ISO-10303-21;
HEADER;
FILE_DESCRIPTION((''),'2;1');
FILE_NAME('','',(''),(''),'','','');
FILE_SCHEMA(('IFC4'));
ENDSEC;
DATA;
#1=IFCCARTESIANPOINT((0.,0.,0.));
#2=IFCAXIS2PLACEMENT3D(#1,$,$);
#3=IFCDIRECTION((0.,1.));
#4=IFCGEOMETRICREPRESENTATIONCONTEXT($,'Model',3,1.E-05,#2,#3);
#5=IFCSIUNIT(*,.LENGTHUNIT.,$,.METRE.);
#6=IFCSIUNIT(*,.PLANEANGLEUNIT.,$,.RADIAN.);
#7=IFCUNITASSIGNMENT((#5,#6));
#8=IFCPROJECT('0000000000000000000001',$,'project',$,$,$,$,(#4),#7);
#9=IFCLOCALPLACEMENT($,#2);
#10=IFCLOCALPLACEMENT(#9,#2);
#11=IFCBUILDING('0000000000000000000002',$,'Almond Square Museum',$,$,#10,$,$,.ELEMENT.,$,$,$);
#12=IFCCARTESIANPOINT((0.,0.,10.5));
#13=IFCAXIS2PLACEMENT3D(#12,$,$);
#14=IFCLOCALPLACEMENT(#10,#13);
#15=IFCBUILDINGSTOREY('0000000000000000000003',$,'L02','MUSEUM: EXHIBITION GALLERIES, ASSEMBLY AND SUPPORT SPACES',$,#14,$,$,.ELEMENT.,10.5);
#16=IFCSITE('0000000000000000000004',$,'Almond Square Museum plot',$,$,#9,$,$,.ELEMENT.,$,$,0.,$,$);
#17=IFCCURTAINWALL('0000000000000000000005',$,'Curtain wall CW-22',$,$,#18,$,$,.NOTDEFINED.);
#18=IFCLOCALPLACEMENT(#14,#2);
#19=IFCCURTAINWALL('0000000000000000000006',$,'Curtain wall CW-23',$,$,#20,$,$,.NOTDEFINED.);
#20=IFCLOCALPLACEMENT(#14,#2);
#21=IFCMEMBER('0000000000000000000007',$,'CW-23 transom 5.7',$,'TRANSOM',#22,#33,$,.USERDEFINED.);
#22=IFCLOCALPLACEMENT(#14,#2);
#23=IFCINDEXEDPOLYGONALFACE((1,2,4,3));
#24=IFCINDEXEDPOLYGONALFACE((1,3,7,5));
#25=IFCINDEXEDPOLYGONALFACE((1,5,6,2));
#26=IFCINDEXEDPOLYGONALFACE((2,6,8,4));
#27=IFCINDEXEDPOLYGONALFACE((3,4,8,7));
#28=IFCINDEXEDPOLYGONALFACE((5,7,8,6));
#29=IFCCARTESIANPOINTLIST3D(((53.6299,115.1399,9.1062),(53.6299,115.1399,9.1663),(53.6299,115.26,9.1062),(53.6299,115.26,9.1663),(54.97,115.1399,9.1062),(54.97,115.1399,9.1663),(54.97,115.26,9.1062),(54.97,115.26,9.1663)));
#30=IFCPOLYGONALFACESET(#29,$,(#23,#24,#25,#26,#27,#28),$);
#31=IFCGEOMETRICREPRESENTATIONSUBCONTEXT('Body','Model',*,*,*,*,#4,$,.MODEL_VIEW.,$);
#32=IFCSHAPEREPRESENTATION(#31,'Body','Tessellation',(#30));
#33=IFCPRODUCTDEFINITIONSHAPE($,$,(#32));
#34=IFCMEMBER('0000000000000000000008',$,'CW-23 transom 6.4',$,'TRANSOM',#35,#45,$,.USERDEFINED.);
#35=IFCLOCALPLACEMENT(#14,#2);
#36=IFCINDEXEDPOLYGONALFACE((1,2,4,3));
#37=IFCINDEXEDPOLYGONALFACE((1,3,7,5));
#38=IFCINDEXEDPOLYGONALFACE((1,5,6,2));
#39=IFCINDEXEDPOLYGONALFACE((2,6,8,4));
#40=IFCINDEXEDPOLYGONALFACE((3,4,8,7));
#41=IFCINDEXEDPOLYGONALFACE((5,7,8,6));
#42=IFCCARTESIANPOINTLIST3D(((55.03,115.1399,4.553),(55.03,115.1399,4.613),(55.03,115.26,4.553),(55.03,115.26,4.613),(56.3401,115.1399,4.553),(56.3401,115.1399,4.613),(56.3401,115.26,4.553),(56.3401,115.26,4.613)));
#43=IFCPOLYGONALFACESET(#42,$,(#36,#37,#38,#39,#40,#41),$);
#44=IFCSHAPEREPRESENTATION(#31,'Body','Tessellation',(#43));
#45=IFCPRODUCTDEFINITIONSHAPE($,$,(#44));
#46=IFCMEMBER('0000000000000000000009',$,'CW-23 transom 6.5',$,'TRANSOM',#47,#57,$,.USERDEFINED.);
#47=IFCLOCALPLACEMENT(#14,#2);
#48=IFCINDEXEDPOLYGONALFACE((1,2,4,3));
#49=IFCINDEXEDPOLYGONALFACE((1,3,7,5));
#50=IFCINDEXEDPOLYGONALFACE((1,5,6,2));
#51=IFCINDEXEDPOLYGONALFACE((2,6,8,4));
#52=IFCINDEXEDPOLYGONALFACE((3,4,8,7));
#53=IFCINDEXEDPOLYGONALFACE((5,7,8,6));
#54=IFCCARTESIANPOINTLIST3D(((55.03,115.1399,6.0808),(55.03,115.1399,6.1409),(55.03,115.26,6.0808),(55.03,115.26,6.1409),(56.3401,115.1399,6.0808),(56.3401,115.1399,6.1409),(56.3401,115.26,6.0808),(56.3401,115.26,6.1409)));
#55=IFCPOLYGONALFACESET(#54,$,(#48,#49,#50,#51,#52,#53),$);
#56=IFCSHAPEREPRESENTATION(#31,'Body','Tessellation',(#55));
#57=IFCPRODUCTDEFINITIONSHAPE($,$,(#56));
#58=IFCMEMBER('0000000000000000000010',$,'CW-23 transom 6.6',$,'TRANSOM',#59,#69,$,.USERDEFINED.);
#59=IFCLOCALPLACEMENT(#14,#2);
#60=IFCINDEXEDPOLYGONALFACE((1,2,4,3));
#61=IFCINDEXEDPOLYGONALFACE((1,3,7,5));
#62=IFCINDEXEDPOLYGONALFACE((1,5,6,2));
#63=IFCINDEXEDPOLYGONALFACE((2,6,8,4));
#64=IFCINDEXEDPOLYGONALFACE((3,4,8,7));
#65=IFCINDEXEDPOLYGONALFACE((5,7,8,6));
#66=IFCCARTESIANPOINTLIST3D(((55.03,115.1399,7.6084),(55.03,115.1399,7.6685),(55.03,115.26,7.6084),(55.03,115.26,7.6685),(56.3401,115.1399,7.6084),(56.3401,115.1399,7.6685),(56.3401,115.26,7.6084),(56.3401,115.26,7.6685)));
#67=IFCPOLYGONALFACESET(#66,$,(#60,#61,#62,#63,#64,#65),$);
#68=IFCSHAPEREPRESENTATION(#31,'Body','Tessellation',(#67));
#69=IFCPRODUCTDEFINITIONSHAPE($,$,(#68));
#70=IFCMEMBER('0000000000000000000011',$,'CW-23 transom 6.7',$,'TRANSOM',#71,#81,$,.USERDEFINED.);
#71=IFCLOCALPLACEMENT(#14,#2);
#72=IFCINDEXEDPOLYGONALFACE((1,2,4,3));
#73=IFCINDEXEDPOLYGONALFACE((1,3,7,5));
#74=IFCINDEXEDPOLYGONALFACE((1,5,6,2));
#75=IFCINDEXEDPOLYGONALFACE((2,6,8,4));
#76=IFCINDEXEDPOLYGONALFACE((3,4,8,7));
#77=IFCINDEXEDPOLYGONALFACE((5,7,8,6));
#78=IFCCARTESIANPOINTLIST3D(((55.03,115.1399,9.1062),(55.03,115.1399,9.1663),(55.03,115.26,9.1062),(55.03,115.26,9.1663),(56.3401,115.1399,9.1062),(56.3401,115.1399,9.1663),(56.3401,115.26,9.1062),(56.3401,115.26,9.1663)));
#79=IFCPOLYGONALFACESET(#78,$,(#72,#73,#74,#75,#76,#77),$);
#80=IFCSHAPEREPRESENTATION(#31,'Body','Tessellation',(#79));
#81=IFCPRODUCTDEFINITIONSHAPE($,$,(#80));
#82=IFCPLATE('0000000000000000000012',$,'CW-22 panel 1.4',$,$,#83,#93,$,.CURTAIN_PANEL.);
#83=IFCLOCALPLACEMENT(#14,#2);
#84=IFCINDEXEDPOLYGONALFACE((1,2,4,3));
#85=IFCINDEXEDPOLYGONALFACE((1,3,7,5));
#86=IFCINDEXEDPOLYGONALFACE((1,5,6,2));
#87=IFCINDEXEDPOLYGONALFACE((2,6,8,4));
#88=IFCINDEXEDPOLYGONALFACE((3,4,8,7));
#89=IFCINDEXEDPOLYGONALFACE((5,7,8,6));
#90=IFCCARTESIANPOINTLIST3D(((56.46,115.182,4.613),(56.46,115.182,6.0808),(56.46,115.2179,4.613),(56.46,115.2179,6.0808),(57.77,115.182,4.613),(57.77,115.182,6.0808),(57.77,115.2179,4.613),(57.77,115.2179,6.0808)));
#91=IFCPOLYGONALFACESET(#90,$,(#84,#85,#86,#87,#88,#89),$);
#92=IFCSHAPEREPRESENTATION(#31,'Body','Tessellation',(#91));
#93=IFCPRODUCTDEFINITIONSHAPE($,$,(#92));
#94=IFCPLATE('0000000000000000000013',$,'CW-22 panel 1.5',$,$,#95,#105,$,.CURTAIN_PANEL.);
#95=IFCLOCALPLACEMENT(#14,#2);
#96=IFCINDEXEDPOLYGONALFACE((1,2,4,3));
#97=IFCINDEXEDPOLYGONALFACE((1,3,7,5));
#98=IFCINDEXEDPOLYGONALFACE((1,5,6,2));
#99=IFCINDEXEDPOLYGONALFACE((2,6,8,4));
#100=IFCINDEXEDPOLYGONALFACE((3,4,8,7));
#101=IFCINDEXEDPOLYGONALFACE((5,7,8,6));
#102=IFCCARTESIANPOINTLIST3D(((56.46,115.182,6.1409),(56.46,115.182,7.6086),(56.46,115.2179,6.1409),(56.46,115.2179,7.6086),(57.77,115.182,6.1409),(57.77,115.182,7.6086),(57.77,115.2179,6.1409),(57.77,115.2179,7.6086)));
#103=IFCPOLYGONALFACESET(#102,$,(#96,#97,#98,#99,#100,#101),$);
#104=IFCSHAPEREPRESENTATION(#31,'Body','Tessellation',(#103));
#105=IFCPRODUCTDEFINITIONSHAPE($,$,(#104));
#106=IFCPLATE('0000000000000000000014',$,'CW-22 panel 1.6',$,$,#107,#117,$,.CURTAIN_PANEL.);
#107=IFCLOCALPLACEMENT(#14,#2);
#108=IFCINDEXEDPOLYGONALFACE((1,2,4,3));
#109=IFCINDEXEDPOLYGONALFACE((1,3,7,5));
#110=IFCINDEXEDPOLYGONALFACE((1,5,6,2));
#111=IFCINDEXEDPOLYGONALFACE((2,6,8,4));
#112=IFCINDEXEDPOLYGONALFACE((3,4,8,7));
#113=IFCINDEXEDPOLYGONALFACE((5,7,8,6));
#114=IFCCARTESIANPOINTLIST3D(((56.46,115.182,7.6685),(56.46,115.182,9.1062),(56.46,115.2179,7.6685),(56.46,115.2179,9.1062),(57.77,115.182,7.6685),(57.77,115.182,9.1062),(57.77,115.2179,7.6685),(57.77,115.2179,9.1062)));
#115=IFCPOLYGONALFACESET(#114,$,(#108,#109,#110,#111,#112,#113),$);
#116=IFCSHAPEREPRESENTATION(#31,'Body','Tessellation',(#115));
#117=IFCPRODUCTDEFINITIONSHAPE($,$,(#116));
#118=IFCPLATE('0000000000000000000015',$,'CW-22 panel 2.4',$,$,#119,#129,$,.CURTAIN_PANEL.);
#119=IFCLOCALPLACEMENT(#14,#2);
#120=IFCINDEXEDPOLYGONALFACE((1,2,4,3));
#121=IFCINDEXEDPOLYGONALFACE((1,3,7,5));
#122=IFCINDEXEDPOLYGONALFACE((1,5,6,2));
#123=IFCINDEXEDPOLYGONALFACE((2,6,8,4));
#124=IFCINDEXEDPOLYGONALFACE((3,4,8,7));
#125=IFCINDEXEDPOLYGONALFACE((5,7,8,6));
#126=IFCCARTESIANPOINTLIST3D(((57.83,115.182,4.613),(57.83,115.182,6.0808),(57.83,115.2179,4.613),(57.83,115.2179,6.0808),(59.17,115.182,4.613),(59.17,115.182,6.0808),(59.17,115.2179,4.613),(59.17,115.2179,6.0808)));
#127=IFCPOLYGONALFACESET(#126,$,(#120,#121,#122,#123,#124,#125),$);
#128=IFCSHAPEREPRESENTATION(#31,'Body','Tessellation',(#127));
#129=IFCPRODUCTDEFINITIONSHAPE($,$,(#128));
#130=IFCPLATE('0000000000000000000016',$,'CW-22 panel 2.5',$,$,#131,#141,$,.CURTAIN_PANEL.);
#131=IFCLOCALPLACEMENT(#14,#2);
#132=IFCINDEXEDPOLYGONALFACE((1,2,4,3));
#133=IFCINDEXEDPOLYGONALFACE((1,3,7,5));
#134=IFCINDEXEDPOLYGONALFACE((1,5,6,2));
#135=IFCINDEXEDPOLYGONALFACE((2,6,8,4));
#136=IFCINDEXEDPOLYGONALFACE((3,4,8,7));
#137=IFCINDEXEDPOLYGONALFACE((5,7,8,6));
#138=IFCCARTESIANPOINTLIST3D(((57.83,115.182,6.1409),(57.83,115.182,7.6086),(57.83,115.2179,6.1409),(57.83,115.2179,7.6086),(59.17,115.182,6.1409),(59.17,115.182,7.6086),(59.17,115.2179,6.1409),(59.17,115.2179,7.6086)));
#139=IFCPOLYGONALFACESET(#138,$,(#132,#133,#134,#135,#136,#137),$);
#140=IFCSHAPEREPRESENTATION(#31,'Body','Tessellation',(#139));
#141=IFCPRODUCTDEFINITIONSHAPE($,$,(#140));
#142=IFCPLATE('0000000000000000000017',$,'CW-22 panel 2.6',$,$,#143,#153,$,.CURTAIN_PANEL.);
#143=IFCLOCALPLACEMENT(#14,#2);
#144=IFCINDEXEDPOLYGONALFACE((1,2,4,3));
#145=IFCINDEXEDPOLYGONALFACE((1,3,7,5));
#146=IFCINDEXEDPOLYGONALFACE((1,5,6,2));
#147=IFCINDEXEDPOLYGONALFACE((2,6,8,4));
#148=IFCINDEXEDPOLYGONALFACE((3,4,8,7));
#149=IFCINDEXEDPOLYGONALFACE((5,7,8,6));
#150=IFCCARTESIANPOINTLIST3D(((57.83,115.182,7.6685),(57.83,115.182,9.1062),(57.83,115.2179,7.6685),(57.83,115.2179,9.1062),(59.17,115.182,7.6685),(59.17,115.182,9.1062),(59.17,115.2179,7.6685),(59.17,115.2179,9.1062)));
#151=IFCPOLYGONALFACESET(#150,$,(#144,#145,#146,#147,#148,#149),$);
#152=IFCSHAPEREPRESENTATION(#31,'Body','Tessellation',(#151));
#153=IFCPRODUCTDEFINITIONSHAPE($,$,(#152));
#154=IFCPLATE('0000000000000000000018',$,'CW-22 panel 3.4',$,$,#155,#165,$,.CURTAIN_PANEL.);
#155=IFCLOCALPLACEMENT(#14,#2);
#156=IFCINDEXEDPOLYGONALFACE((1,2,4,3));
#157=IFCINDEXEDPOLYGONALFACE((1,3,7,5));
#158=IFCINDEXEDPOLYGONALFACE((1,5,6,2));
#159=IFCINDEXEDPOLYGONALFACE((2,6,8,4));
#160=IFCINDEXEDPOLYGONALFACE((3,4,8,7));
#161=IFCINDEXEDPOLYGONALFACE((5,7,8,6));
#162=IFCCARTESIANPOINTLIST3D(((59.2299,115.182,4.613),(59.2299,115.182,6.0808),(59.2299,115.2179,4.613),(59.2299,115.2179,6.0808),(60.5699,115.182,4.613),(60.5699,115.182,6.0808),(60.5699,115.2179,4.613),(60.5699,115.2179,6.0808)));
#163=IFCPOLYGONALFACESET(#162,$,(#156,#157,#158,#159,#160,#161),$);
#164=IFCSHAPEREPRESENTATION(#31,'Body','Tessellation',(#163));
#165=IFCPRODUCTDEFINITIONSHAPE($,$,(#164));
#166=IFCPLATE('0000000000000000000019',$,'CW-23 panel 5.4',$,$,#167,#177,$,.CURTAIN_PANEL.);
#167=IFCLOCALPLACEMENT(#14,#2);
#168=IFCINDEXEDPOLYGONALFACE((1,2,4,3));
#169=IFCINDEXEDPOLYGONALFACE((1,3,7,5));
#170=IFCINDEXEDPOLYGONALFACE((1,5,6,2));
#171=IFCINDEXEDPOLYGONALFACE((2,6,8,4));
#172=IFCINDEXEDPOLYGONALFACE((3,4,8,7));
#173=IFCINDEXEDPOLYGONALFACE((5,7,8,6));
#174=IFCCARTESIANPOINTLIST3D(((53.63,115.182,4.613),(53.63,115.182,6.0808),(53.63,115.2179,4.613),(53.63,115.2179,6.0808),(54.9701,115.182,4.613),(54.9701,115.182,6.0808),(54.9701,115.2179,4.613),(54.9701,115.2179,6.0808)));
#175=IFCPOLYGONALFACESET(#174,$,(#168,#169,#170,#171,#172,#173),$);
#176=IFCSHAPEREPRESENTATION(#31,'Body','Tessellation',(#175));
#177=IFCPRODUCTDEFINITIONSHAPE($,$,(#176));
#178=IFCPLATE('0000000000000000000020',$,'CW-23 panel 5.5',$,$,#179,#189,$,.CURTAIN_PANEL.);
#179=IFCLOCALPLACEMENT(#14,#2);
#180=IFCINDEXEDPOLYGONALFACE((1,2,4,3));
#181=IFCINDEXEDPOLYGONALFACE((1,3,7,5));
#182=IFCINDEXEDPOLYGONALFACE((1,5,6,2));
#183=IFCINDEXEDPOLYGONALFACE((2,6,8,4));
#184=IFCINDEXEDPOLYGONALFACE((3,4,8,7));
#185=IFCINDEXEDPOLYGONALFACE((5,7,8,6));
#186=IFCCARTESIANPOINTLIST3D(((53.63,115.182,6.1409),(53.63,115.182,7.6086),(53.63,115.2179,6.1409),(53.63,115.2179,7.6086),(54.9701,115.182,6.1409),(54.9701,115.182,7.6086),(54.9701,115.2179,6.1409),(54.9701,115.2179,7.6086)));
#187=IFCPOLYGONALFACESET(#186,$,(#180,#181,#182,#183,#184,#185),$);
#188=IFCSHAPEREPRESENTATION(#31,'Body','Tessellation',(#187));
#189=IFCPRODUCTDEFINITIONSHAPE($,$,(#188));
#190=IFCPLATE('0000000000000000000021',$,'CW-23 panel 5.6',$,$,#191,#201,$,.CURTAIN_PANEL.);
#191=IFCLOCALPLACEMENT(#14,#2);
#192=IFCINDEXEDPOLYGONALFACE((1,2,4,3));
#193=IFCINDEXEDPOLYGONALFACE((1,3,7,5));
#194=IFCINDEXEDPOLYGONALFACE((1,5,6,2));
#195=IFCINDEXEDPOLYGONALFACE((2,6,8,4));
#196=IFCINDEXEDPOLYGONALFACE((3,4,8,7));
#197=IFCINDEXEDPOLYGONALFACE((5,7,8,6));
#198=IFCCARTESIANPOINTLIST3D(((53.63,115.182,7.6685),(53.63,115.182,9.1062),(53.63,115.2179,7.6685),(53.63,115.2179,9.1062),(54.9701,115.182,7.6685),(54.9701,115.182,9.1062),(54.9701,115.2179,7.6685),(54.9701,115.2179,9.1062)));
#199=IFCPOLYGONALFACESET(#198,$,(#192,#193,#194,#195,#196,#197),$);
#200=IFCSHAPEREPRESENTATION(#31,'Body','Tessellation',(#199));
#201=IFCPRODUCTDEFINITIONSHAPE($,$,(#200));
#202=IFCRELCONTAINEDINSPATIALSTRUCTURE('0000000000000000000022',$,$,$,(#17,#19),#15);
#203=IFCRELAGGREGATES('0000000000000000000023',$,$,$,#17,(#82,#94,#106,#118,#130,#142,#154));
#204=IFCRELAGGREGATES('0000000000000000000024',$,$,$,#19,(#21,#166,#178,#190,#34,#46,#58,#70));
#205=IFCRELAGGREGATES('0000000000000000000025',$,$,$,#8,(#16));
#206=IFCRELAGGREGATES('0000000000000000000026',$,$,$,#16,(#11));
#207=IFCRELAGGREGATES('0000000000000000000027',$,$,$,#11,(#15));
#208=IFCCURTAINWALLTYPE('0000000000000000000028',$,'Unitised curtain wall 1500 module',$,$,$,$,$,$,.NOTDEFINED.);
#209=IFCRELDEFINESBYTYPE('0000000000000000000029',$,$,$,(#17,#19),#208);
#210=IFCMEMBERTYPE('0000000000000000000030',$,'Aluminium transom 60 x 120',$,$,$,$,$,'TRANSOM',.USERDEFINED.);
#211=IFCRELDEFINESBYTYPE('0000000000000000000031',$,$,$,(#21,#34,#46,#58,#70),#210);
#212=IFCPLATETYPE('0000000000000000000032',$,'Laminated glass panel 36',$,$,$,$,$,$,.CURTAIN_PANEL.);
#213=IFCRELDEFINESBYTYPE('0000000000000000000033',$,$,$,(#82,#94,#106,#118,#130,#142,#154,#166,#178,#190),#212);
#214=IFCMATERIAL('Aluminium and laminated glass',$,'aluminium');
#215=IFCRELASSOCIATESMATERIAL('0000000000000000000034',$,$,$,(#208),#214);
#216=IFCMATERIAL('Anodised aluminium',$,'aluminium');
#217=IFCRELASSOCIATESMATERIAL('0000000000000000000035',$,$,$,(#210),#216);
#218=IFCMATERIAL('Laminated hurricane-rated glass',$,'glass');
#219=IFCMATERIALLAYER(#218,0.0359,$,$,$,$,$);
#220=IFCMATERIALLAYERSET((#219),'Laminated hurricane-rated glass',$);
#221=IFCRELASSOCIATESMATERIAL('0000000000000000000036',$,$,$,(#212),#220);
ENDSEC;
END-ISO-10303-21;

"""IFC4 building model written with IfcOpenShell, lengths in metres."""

from ifc_helpers import new_model, si_unit, direction, frame, origin, origin_2d, place, context, subcontext, project, spatial, rectangle, extrude, material, layer, layer_set, material_profile, profile_set, type_object, element, aggregate, save


model = new_model("IFC4")

# Units and contexts
model_context = context("Model", 3, precision=1e-05, world=origin(), true_north=direction((0.0, 1.0)))
body_context = subcontext(model_context, "Body", "Model", "MODEL_VIEW")
ifc_project = project(units=[si_unit("LENGTHUNIT", "METRE"), si_unit("PLANEANGLEUNIT", "RADIAN")], contexts=[model_context])

# Site, building, storey
site_placement = place(None, origin())
site = spatial("IfcSite", under=ifc_project, at=site_placement, Name="Almond Square Museum plot", CompositionType="ELEMENT", RefElevation=0.0)
building_placement = place(site_placement, origin())
building = spatial("IfcBuilding", under=site, at=building_placement, Name="Almond Square Museum", CompositionType="ELEMENT")
storey_placement = place(building_placement, frame((0.0, 0.0, 10.5)))
storey = spatial("IfcBuildingStorey", under=building, at=storey_placement, Name="L02", Description="MUSEUM: EXHIBITION GALLERIES, ASSEMBLY AND SUPPORT SPACES", CompositionType="ELEMENT", Elevation=10.5)

# Curtain walls, members
ifc_material_1 = material(Name="Aluminium and laminated glass", Category="aluminium")
curtain_wall_type = type_object("IfcCurtainWallType", Name="Unitised curtain wall 1500 module", PredefinedType="NOTDEFINED", material=ifc_material_1)
curtain_wall_1_placement = place(storey_placement, origin())
curtain_wall_1 = element("IfcCurtainWall", 1, at=curtain_wall_1_placement, inside=storey, type_object=curtain_wall_type, Name="Curtain wall CW-22", PredefinedType="NOTDEFINED")
ifc_material_2 = material(Name="Anodised aluminium", Category="aluminium")
ifc_material_profile = material_profile(ifc_material_2, rectangle(XDim=0.1201, YDim=0.0601, at=origin_2d()))
ifc_profile_set = profile_set([ifc_material_profile], Name="Anodised aluminium")
member_type = type_object("IfcMemberType", Name="Aluminium transom 60 x 120", ElementType="TRANSOM", PredefinedType="USERDEFINED", material=ifc_profile_set)
curtain_wall_2_placement = place(storey_placement, origin())
curtain_wall_2 = element("IfcCurtainWall", 2, at=curtain_wall_2_placement, inside=storey, type_object=curtain_wall_type, Name="Curtain wall CW-23", PredefinedType="NOTDEFINED")
member_1_placement = place(storey_placement, frame((53.6299, 115.2, 9.1362), z_axis=(1.0, 0.0, 0.0), x_axis=(0.0, 1.0, 0.0)))
member_1 = element("IfcMember", 3, at=member_1_placement, type_object=member_type, Name="CW-23 transom 5.7", ObjectType="TRANSOM", PredefinedType="USERDEFINED", context=body_context, shape_type="SweptSolid", body=[
    extrude(rectangle(XDim=0.1201, YDim=0.0601, at=origin_2d()), origin(), (0.0, 0.0, 1.0), 1.3401),
])
member_2_placement = place(storey_placement, frame((55.03, 115.2, 4.583), z_axis=(1.0, 0.0, 0.0), x_axis=(0.0, 1.0, 0.0)))
member_2 = element("IfcMember", 4, at=member_2_placement, type_object=member_type, Name="CW-23 transom 6.4", ObjectType="TRANSOM", PredefinedType="USERDEFINED", context=body_context, shape_type="SweptSolid", body=[
    extrude(rectangle(XDim=0.1201, YDim=0.0601, at=origin_2d()), origin(), (0.0, 0.0, 1.0), 1.3101),
])
member_3_placement = place(storey_placement, frame((55.03, 115.2, 6.1108), z_axis=(1.0, 0.0, 0.0), x_axis=(0.0, 1.0, 0.0)))
member_3 = element("IfcMember", 5, at=member_3_placement, type_object=member_type, Name="CW-23 transom 6.5", ObjectType="TRANSOM", PredefinedType="USERDEFINED", context=body_context, shape_type="SweptSolid", body=[
    extrude(rectangle(XDim=0.1201, YDim=0.0601, at=origin_2d()), origin(), (0.0, 0.0, 1.0), 1.3101),
])
member_4_placement = place(storey_placement, frame((55.03, 115.2, 7.6384), z_axis=(1.0, 0.0, 0.0), x_axis=(0.0, 1.0, 0.0)))
member_4 = element("IfcMember", 6, at=member_4_placement, type_object=member_type, Name="CW-23 transom 6.6", ObjectType="TRANSOM", PredefinedType="USERDEFINED", context=body_context, shape_type="SweptSolid", body=[
    extrude(rectangle(XDim=0.1201, YDim=0.0601, at=origin_2d()), origin(), (0.0, 0.0, 1.0), 1.3101),
])
member_5_placement = place(storey_placement, frame((55.03, 115.2, 9.1362), z_axis=(1.0, 0.0, 0.0), x_axis=(0.0, 1.0, 0.0)))
member_5 = element("IfcMember", 7, at=member_5_placement, type_object=member_type, Name="CW-23 transom 6.7", ObjectType="TRANSOM", PredefinedType="USERDEFINED", context=body_context, shape_type="SweptSolid", body=[
    extrude(rectangle(XDim=0.1201, YDim=0.0601, at=origin_2d()), origin(), (0.0, 0.0, 1.0), 1.3101),
])

# Plates
ifc_material_3 = material(Name="Laminated hurricane-rated glass", Category="glass")
ifc_layer = layer(ifc_material_3, 0.0359)
ifc_layer_set = layer_set([ifc_layer], Name="Laminated hurricane-rated glass")
plate_type = type_object("IfcPlateType", Name="Laminated glass panel 36", PredefinedType="CURTAIN_PANEL", material=ifc_layer_set)
plate_1_placement = place(storey_placement, frame((57.115, 115.2, 4.613), z_axis=(0.0, 0.0, 1.0), x_axis=(1.0, 0.0, 0.0)))
plate_1 = element("IfcPlate", 8, at=plate_1_placement, type_object=plate_type, Name="CW-22 panel 1.4", PredefinedType="CURTAIN_PANEL", context=body_context, shape_type="SweptSolid", body=[
    extrude(rectangle(XDim=1.3101, YDim=0.0359, at=origin_2d()), origin(), (0.0, 0.0, 1.0), 1.4678),
])
plate_2_placement = place(storey_placement, frame((57.115, 115.2, 6.1409), z_axis=(0.0, 0.0, 1.0), x_axis=(1.0, 0.0, 0.0)))
plate_2 = element("IfcPlate", 9, at=plate_2_placement, type_object=plate_type, Name="CW-22 panel 1.5", PredefinedType="CURTAIN_PANEL", context=body_context, shape_type="SweptSolid", body=[
    extrude(rectangle(XDim=1.3101, YDim=0.0359, at=origin_2d()), origin(), (0.0, 0.0, 1.0), 1.4678),
])
plate_3_placement = place(storey_placement, frame((57.115, 115.2, 7.6685), z_axis=(0.0, 0.0, 1.0), x_axis=(1.0, 0.0, 0.0)))
plate_3 = element("IfcPlate", 10, at=plate_3_placement, type_object=plate_type, Name="CW-22 panel 1.6", PredefinedType="CURTAIN_PANEL", context=body_context, shape_type="SweptSolid", body=[
    extrude(rectangle(XDim=1.3101, YDim=0.0359, at=origin_2d()), origin(), (0.0, 0.0, 1.0), 1.4377),
])
plate_4_placement = place(storey_placement, frame((58.5, 115.2, 4.613), z_axis=(0.0, 0.0, 1.0), x_axis=(1.0, 0.0, 0.0)))
plate_4 = element("IfcPlate", 11, at=plate_4_placement, type_object=plate_type, Name="CW-22 panel 2.4", PredefinedType="CURTAIN_PANEL", context=body_context, shape_type="SweptSolid", body=[
    extrude(rectangle(XDim=1.3401, YDim=0.0359, at=origin_2d()), origin(), (0.0, 0.0, 1.0), 1.4678),
])
plate_5_placement = place(storey_placement, frame((58.5, 115.2, 6.1409), z_axis=(0.0, 0.0, 1.0), x_axis=(1.0, 0.0, 0.0)))
plate_5 = element("IfcPlate", 12, at=plate_5_placement, type_object=plate_type, Name="CW-22 panel 2.5", PredefinedType="CURTAIN_PANEL", context=body_context, shape_type="SweptSolid", body=[
    extrude(rectangle(XDim=1.3401, YDim=0.0359, at=origin_2d()), origin(), (0.0, 0.0, 1.0), 1.4678),
])
plate_6_placement = place(storey_placement, frame((58.5, 115.2, 7.6685), z_axis=(0.0, 0.0, 1.0), x_axis=(1.0, 0.0, 0.0)))
plate_6 = element("IfcPlate", 13, at=plate_6_placement, type_object=plate_type, Name="CW-22 panel 2.6", PredefinedType="CURTAIN_PANEL", context=body_context, shape_type="SweptSolid", body=[
    extrude(rectangle(XDim=1.3401, YDim=0.0359, at=origin_2d()), origin(), (0.0, 0.0, 1.0), 1.4377),
])
plate_7_placement = place(storey_placement, frame((59.8999, 115.2, 4.613), z_axis=(0.0, 0.0, 1.0), x_axis=(1.0, 0.0, 0.0)))
plate_7 = element("IfcPlate", 14, at=plate_7_placement, type_object=plate_type, Name="CW-22 panel 3.4", PredefinedType="CURTAIN_PANEL", context=body_context, shape_type="SweptSolid", body=[
    extrude(rectangle(XDim=1.3401, YDim=0.0359, at=origin_2d()), origin(), (0.0, 0.0, 1.0), 1.4678),
])
aggregate(curtain_wall_1, [plate_1, plate_2, plate_3, plate_4, plate_5, plate_6, plate_7])
plate_8_placement = place(storey_placement, frame((54.3, 115.2, 4.613), z_axis=(0.0, 0.0, 1.0), x_axis=(1.0, 0.0, 0.0)))
plate_8 = element("IfcPlate", 15, at=plate_8_placement, type_object=plate_type, Name="CW-23 panel 5.4", PredefinedType="CURTAIN_PANEL", context=body_context, shape_type="SweptSolid", body=[
    extrude(rectangle(XDim=1.3401, YDim=0.0359, at=origin_2d()), origin(), (0.0, 0.0, 1.0), 1.4678),
])
plate_9_placement = place(storey_placement, frame((54.3, 115.2, 6.1409), z_axis=(0.0, 0.0, 1.0), x_axis=(1.0, 0.0, 0.0)))
plate_9 = element("IfcPlate", 16, at=plate_9_placement, type_object=plate_type, Name="CW-23 panel 5.5", PredefinedType="CURTAIN_PANEL", context=body_context, shape_type="SweptSolid", body=[
    extrude(rectangle(XDim=1.3401, YDim=0.0359, at=origin_2d()), origin(), (0.0, 0.0, 1.0), 1.4678),
])
plate_10_placement = place(storey_placement, frame((54.3, 115.2, 7.6685), z_axis=(0.0, 0.0, 1.0), x_axis=(1.0, 0.0, 0.0)))
plate_10 = element("IfcPlate", 17, at=plate_10_placement, type_object=plate_type, Name="CW-23 panel 5.6", PredefinedType="CURTAIN_PANEL", context=body_context, shape_type="SweptSolid", body=[
    extrude(rectangle(XDim=1.3401, YDim=0.0359, at=origin_2d()), origin(), (0.0, 0.0, 1.0), 1.4377),
])
aggregate(curtain_wall_2, [member_1, plate_8, plate_9, plate_10, member_2, member_3, member_4, member_5])

save(model, "model.ifc")
